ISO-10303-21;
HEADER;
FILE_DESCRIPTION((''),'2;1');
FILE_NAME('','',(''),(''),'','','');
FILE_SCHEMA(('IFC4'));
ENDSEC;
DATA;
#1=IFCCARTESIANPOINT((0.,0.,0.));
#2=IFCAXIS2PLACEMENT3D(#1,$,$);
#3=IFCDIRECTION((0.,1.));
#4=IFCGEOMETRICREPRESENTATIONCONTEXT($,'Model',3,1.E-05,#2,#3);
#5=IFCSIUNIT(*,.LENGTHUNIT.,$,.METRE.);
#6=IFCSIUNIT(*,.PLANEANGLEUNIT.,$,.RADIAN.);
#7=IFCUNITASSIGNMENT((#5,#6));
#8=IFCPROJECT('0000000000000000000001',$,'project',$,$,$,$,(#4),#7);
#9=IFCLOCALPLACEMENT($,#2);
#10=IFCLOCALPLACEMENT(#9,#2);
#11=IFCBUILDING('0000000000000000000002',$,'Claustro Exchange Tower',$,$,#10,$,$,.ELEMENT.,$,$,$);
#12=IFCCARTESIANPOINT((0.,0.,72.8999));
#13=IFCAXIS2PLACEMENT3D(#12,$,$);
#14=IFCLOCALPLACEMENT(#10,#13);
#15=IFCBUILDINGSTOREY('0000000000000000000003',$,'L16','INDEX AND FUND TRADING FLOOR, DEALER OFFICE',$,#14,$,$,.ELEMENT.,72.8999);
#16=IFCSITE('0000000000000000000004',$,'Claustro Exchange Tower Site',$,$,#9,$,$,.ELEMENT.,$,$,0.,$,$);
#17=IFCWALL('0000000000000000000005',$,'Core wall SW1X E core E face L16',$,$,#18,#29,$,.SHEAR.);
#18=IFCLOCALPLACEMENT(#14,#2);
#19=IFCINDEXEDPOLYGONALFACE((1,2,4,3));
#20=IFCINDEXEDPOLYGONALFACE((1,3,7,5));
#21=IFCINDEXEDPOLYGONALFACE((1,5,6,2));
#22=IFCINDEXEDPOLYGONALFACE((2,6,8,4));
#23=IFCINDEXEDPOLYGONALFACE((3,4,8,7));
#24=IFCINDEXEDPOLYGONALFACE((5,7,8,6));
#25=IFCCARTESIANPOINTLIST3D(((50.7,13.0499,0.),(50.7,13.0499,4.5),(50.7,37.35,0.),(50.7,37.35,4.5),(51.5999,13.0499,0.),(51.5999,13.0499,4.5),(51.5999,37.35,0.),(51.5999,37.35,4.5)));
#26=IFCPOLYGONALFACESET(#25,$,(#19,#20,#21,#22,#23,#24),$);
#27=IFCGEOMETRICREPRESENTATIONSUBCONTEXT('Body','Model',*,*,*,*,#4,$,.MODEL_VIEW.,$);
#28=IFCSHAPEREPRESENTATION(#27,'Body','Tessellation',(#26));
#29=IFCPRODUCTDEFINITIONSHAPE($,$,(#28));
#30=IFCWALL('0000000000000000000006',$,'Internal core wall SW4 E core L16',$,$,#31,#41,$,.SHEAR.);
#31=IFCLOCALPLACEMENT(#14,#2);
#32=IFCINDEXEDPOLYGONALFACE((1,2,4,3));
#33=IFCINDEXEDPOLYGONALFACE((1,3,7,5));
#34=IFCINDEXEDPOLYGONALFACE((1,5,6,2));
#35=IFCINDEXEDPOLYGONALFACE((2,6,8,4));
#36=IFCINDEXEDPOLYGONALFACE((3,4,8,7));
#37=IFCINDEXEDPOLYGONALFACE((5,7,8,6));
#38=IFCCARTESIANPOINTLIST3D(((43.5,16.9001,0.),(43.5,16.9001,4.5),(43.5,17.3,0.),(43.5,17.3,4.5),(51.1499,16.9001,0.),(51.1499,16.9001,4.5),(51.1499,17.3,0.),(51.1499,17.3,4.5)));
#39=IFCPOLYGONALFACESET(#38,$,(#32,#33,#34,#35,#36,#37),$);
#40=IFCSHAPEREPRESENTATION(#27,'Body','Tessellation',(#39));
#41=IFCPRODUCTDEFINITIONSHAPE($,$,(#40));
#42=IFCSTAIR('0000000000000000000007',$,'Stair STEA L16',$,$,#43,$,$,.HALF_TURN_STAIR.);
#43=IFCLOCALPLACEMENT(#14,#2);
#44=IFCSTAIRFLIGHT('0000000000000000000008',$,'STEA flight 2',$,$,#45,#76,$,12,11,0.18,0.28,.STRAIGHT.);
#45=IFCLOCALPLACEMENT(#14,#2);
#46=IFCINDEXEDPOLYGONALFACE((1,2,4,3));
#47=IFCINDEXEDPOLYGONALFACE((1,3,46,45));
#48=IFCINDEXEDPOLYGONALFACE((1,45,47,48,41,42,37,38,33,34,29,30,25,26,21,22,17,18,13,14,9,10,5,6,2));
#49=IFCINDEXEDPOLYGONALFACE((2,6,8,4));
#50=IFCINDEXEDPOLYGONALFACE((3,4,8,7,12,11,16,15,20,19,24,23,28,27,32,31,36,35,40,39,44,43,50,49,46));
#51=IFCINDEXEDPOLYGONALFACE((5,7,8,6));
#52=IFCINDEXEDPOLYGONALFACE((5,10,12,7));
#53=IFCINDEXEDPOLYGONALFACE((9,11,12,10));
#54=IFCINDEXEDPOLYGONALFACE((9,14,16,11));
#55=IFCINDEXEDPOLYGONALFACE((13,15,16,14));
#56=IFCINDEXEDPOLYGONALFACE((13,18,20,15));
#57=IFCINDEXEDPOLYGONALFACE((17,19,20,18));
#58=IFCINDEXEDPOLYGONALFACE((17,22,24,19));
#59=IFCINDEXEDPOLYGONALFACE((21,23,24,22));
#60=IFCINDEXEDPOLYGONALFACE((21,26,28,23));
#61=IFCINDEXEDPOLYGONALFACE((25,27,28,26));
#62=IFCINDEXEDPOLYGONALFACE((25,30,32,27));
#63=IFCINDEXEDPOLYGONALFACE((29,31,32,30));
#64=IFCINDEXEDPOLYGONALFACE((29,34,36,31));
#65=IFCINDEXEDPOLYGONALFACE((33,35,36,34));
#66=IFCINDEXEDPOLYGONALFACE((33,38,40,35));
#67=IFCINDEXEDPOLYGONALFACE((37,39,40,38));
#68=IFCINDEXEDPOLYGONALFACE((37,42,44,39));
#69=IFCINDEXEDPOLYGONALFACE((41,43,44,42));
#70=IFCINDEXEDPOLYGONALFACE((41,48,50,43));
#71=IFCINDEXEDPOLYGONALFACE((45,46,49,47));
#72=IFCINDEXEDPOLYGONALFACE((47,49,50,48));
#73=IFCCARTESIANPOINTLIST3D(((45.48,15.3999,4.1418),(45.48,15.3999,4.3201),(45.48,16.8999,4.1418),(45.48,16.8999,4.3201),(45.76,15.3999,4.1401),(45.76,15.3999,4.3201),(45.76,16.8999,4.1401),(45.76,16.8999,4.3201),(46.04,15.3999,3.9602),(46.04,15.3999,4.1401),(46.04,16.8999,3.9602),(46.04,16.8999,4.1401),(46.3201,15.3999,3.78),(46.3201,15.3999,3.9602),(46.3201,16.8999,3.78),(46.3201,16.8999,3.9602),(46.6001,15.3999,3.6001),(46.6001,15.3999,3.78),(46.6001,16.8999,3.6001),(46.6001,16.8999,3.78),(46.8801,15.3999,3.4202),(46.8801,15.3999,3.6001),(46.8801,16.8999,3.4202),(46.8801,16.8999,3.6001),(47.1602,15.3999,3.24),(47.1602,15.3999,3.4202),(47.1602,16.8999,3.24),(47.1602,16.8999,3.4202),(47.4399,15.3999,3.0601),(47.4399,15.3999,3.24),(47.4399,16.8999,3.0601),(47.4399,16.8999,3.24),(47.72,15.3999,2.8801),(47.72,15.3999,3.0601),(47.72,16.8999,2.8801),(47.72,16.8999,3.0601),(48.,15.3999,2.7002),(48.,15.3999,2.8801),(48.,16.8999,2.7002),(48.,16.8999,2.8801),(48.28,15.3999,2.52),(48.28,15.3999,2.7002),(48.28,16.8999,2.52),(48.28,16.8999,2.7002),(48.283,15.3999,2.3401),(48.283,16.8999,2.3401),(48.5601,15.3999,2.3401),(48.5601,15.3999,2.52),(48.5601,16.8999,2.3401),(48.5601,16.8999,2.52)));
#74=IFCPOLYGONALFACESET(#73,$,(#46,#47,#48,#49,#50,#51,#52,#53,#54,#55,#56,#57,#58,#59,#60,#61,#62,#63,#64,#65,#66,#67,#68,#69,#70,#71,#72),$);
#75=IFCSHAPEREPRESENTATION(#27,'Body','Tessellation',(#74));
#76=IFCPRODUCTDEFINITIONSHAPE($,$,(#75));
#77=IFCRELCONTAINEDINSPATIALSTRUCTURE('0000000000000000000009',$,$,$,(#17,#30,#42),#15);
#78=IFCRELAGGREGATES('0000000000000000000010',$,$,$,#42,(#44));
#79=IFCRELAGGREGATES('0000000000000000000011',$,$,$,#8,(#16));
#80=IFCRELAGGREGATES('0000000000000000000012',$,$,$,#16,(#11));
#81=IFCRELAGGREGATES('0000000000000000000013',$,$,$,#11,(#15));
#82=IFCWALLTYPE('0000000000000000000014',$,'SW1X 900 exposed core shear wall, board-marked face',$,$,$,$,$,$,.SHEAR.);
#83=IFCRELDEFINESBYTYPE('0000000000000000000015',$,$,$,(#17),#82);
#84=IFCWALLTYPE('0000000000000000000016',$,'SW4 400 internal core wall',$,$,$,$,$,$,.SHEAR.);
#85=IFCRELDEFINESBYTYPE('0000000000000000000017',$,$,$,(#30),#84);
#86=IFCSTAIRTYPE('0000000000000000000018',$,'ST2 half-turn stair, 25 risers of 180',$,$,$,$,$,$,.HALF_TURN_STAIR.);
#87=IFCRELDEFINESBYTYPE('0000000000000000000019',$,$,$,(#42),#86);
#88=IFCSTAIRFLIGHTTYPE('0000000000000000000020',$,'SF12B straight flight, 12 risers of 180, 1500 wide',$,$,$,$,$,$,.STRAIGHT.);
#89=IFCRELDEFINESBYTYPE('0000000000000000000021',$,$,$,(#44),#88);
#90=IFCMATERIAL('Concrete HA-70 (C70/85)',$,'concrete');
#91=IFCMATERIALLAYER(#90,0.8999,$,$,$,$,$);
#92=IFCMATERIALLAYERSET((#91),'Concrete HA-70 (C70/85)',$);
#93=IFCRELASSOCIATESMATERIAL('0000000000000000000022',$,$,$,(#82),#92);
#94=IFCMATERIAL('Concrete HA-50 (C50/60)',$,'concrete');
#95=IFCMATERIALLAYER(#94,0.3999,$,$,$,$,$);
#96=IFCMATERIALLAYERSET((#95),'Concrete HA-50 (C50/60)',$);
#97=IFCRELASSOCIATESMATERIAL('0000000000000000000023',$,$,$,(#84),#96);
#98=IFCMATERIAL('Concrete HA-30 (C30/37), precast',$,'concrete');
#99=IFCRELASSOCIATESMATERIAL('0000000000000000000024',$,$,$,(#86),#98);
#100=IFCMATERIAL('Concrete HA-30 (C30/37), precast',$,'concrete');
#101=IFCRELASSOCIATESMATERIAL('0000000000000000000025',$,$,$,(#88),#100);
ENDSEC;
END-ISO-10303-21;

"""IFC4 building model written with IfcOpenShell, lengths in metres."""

from ifc_helpers import new_model, si_unit, direction, frame, frame_2d, origin, place, context, subcontext, project, spatial, polyline, rectangle, outline, extrude, material, layer, layer_set, type_object, element, aggregate, save


model = new_model("IFC4")

# Units and contexts
model_context = context("Model", 3, precision=1e-05, world=origin(), true_north=direction((0.0, 1.0)))
body_context = subcontext(model_context, "Body", "Model", "MODEL_VIEW")
ifc_project = project(units=[si_unit("LENGTHUNIT", "METRE"), si_unit("PLANEANGLEUNIT", "RADIAN")], contexts=[model_context])

# Site, building, storey
site_placement = place(None, origin())
site = spatial("IfcSite", under=ifc_project, at=site_placement, Name="Claustro Exchange Tower Site", CompositionType="ELEMENT", RefElevation=0.0)
building_placement = place(site_placement, origin())
building = spatial("IfcBuilding", under=site, at=building_placement, Name="Claustro Exchange Tower", CompositionType="ELEMENT")
storey_placement = place(building_placement, frame((0.0, 0.0, 72.8999)))
storey = spatial("IfcBuildingStorey", under=building, at=storey_placement, Name="L16", Description="INDEX AND FUND TRADING FLOOR, DEALER OFFICE", CompositionType="ELEMENT", Elevation=72.8999)

# Walls
ifc_material_1 = material(Name="Concrete HA-70 (C70/85)", Category="concrete")
ifc_layer_1 = layer(ifc_material_1, 0.8999)
ifc_layer_set_1 = layer_set([ifc_layer_1], Name="Concrete HA-70 (C70/85)")
wall_type_1 = type_object("IfcWallType", Name="SW1X 900 exposed core shear wall, board-marked face", PredefinedType="SHEAR", material=ifc_layer_set_1)
wall_1_placement = place(storey_placement, frame((51.1499, 13.05, 0.0), z_axis=(0.0, 0.0, 1.0), x_axis=(0.0, 1.0, 0.0)))
element("IfcWall", 1, at=wall_1_placement, inside=storey, type_object=wall_type_1, Name="Core wall SW1X E core E face L16", PredefinedType="SHEAR", context=body_context, shape_type="SweptSolid", body=[
    extrude(rectangle(XDim=24.3, YDim=0.8999, at=frame_2d((12.1499, 0.0))), origin(), (0.0, 0.0, 1.0), 4.5),
])
ifc_material_2 = material(Name="Concrete HA-50 (C50/60)", Category="concrete")
ifc_layer_2 = layer(ifc_material_2, 0.3999)
ifc_layer_set_2 = layer_set([ifc_layer_2], Name="Concrete HA-50 (C50/60)")
wall_type_2 = type_object("IfcWallType", Name="SW4 400 internal core wall", PredefinedType="SHEAR", material=ifc_layer_set_2)
wall_2_placement = place(storey_placement, frame((51.1499, 17.1001, 0.0), z_axis=(0.0, 0.0, 1.0), x_axis=(-1.0, 0.0, 0.0)))
element("IfcWall", 2, at=wall_2_placement, inside=storey, type_object=wall_type_2, Name="Internal core wall SW4 E core L16", PredefinedType="SHEAR", context=body_context, shape_type="SweptSolid", body=[
    extrude(rectangle(XDim=7.6499, YDim=0.3999, at=frame_2d((3.825, 0.0))), origin(), (0.0, 0.0, 1.0), 4.5),
])

# Stair, stair flight
ifc_material_3 = material(Name="Concrete HA-30 (C30/37), precast", Category="concrete")
stair_type = type_object("IfcStairType", Name="ST2 half-turn stair, 25 risers of 180", PredefinedType="HALF_TURN_STAIR", material=ifc_material_3)
stair_placement = place(storey_placement, origin())
stair = element("IfcStair", 3, at=stair_placement, inside=storey, type_object=stair_type, Name="Stair STEA L16", PredefinedType="HALF_TURN_STAIR")
ifc_material_4 = material(Name="Concrete HA-30 (C30/37), precast", Category="concrete")
stair_flight_type = type_object("IfcStairFlightType", Name="SF12B straight flight, 12 risers of 180, 1500 wide", PredefinedType="STRAIGHT", material=ifc_material_4)
stair_flight_placement = place(storey_placement, frame((48.5601, 16.1499, 2.3401), z_axis=(0.0, 0.0, 1.0), x_axis=(-1.0, 0.0, 0.0)))
stair_flight = element("IfcStairFlight", 4, at=stair_flight_placement, type_object=stair_flight_type, Name="STEA flight 2", NumberOfRisers=12, NumberOfTreads=11, PredefinedType="STRAIGHT", RiserHeight=0.18, TreadLength=0.28, context=body_context, shape_type="SweptSolid", body=[
    extrude(outline(polyline([(0.0, 0.0), (0.0, 0.1799), (0.28, 0.1799), (0.28, 0.3601), (0.5601, 0.3601), (0.5601, 0.54), (0.8401, 0.54), (0.8401, 0.72), (1.1201, 0.72), (1.1201, 0.8999), (1.3999, 0.8999), (1.3999, 1.0801), (1.6799, 1.0801), (1.6799, 1.26), (1.96, 1.26), (1.96, 1.4399), (2.24, 1.4399), (2.24, 1.6201), (2.52, 1.6201), (2.52, 1.8), (2.8, 1.8), (2.8, 1.98), (3.0801, 1.98), (3.0801, 2.1599), (3.0801, 1.8018), (0.2771, 0.0), (0.0, 0.0)])), frame((0.0, 0.75, 0.0), z_axis=(0.0, -1.0, 0.0), x_axis=(1.0, 0.0, 0.0)), (0.0, 0.0, 1.0), 1.5),
])
aggregate(stair, [stair_flight])

save(model, "model.ifc")
